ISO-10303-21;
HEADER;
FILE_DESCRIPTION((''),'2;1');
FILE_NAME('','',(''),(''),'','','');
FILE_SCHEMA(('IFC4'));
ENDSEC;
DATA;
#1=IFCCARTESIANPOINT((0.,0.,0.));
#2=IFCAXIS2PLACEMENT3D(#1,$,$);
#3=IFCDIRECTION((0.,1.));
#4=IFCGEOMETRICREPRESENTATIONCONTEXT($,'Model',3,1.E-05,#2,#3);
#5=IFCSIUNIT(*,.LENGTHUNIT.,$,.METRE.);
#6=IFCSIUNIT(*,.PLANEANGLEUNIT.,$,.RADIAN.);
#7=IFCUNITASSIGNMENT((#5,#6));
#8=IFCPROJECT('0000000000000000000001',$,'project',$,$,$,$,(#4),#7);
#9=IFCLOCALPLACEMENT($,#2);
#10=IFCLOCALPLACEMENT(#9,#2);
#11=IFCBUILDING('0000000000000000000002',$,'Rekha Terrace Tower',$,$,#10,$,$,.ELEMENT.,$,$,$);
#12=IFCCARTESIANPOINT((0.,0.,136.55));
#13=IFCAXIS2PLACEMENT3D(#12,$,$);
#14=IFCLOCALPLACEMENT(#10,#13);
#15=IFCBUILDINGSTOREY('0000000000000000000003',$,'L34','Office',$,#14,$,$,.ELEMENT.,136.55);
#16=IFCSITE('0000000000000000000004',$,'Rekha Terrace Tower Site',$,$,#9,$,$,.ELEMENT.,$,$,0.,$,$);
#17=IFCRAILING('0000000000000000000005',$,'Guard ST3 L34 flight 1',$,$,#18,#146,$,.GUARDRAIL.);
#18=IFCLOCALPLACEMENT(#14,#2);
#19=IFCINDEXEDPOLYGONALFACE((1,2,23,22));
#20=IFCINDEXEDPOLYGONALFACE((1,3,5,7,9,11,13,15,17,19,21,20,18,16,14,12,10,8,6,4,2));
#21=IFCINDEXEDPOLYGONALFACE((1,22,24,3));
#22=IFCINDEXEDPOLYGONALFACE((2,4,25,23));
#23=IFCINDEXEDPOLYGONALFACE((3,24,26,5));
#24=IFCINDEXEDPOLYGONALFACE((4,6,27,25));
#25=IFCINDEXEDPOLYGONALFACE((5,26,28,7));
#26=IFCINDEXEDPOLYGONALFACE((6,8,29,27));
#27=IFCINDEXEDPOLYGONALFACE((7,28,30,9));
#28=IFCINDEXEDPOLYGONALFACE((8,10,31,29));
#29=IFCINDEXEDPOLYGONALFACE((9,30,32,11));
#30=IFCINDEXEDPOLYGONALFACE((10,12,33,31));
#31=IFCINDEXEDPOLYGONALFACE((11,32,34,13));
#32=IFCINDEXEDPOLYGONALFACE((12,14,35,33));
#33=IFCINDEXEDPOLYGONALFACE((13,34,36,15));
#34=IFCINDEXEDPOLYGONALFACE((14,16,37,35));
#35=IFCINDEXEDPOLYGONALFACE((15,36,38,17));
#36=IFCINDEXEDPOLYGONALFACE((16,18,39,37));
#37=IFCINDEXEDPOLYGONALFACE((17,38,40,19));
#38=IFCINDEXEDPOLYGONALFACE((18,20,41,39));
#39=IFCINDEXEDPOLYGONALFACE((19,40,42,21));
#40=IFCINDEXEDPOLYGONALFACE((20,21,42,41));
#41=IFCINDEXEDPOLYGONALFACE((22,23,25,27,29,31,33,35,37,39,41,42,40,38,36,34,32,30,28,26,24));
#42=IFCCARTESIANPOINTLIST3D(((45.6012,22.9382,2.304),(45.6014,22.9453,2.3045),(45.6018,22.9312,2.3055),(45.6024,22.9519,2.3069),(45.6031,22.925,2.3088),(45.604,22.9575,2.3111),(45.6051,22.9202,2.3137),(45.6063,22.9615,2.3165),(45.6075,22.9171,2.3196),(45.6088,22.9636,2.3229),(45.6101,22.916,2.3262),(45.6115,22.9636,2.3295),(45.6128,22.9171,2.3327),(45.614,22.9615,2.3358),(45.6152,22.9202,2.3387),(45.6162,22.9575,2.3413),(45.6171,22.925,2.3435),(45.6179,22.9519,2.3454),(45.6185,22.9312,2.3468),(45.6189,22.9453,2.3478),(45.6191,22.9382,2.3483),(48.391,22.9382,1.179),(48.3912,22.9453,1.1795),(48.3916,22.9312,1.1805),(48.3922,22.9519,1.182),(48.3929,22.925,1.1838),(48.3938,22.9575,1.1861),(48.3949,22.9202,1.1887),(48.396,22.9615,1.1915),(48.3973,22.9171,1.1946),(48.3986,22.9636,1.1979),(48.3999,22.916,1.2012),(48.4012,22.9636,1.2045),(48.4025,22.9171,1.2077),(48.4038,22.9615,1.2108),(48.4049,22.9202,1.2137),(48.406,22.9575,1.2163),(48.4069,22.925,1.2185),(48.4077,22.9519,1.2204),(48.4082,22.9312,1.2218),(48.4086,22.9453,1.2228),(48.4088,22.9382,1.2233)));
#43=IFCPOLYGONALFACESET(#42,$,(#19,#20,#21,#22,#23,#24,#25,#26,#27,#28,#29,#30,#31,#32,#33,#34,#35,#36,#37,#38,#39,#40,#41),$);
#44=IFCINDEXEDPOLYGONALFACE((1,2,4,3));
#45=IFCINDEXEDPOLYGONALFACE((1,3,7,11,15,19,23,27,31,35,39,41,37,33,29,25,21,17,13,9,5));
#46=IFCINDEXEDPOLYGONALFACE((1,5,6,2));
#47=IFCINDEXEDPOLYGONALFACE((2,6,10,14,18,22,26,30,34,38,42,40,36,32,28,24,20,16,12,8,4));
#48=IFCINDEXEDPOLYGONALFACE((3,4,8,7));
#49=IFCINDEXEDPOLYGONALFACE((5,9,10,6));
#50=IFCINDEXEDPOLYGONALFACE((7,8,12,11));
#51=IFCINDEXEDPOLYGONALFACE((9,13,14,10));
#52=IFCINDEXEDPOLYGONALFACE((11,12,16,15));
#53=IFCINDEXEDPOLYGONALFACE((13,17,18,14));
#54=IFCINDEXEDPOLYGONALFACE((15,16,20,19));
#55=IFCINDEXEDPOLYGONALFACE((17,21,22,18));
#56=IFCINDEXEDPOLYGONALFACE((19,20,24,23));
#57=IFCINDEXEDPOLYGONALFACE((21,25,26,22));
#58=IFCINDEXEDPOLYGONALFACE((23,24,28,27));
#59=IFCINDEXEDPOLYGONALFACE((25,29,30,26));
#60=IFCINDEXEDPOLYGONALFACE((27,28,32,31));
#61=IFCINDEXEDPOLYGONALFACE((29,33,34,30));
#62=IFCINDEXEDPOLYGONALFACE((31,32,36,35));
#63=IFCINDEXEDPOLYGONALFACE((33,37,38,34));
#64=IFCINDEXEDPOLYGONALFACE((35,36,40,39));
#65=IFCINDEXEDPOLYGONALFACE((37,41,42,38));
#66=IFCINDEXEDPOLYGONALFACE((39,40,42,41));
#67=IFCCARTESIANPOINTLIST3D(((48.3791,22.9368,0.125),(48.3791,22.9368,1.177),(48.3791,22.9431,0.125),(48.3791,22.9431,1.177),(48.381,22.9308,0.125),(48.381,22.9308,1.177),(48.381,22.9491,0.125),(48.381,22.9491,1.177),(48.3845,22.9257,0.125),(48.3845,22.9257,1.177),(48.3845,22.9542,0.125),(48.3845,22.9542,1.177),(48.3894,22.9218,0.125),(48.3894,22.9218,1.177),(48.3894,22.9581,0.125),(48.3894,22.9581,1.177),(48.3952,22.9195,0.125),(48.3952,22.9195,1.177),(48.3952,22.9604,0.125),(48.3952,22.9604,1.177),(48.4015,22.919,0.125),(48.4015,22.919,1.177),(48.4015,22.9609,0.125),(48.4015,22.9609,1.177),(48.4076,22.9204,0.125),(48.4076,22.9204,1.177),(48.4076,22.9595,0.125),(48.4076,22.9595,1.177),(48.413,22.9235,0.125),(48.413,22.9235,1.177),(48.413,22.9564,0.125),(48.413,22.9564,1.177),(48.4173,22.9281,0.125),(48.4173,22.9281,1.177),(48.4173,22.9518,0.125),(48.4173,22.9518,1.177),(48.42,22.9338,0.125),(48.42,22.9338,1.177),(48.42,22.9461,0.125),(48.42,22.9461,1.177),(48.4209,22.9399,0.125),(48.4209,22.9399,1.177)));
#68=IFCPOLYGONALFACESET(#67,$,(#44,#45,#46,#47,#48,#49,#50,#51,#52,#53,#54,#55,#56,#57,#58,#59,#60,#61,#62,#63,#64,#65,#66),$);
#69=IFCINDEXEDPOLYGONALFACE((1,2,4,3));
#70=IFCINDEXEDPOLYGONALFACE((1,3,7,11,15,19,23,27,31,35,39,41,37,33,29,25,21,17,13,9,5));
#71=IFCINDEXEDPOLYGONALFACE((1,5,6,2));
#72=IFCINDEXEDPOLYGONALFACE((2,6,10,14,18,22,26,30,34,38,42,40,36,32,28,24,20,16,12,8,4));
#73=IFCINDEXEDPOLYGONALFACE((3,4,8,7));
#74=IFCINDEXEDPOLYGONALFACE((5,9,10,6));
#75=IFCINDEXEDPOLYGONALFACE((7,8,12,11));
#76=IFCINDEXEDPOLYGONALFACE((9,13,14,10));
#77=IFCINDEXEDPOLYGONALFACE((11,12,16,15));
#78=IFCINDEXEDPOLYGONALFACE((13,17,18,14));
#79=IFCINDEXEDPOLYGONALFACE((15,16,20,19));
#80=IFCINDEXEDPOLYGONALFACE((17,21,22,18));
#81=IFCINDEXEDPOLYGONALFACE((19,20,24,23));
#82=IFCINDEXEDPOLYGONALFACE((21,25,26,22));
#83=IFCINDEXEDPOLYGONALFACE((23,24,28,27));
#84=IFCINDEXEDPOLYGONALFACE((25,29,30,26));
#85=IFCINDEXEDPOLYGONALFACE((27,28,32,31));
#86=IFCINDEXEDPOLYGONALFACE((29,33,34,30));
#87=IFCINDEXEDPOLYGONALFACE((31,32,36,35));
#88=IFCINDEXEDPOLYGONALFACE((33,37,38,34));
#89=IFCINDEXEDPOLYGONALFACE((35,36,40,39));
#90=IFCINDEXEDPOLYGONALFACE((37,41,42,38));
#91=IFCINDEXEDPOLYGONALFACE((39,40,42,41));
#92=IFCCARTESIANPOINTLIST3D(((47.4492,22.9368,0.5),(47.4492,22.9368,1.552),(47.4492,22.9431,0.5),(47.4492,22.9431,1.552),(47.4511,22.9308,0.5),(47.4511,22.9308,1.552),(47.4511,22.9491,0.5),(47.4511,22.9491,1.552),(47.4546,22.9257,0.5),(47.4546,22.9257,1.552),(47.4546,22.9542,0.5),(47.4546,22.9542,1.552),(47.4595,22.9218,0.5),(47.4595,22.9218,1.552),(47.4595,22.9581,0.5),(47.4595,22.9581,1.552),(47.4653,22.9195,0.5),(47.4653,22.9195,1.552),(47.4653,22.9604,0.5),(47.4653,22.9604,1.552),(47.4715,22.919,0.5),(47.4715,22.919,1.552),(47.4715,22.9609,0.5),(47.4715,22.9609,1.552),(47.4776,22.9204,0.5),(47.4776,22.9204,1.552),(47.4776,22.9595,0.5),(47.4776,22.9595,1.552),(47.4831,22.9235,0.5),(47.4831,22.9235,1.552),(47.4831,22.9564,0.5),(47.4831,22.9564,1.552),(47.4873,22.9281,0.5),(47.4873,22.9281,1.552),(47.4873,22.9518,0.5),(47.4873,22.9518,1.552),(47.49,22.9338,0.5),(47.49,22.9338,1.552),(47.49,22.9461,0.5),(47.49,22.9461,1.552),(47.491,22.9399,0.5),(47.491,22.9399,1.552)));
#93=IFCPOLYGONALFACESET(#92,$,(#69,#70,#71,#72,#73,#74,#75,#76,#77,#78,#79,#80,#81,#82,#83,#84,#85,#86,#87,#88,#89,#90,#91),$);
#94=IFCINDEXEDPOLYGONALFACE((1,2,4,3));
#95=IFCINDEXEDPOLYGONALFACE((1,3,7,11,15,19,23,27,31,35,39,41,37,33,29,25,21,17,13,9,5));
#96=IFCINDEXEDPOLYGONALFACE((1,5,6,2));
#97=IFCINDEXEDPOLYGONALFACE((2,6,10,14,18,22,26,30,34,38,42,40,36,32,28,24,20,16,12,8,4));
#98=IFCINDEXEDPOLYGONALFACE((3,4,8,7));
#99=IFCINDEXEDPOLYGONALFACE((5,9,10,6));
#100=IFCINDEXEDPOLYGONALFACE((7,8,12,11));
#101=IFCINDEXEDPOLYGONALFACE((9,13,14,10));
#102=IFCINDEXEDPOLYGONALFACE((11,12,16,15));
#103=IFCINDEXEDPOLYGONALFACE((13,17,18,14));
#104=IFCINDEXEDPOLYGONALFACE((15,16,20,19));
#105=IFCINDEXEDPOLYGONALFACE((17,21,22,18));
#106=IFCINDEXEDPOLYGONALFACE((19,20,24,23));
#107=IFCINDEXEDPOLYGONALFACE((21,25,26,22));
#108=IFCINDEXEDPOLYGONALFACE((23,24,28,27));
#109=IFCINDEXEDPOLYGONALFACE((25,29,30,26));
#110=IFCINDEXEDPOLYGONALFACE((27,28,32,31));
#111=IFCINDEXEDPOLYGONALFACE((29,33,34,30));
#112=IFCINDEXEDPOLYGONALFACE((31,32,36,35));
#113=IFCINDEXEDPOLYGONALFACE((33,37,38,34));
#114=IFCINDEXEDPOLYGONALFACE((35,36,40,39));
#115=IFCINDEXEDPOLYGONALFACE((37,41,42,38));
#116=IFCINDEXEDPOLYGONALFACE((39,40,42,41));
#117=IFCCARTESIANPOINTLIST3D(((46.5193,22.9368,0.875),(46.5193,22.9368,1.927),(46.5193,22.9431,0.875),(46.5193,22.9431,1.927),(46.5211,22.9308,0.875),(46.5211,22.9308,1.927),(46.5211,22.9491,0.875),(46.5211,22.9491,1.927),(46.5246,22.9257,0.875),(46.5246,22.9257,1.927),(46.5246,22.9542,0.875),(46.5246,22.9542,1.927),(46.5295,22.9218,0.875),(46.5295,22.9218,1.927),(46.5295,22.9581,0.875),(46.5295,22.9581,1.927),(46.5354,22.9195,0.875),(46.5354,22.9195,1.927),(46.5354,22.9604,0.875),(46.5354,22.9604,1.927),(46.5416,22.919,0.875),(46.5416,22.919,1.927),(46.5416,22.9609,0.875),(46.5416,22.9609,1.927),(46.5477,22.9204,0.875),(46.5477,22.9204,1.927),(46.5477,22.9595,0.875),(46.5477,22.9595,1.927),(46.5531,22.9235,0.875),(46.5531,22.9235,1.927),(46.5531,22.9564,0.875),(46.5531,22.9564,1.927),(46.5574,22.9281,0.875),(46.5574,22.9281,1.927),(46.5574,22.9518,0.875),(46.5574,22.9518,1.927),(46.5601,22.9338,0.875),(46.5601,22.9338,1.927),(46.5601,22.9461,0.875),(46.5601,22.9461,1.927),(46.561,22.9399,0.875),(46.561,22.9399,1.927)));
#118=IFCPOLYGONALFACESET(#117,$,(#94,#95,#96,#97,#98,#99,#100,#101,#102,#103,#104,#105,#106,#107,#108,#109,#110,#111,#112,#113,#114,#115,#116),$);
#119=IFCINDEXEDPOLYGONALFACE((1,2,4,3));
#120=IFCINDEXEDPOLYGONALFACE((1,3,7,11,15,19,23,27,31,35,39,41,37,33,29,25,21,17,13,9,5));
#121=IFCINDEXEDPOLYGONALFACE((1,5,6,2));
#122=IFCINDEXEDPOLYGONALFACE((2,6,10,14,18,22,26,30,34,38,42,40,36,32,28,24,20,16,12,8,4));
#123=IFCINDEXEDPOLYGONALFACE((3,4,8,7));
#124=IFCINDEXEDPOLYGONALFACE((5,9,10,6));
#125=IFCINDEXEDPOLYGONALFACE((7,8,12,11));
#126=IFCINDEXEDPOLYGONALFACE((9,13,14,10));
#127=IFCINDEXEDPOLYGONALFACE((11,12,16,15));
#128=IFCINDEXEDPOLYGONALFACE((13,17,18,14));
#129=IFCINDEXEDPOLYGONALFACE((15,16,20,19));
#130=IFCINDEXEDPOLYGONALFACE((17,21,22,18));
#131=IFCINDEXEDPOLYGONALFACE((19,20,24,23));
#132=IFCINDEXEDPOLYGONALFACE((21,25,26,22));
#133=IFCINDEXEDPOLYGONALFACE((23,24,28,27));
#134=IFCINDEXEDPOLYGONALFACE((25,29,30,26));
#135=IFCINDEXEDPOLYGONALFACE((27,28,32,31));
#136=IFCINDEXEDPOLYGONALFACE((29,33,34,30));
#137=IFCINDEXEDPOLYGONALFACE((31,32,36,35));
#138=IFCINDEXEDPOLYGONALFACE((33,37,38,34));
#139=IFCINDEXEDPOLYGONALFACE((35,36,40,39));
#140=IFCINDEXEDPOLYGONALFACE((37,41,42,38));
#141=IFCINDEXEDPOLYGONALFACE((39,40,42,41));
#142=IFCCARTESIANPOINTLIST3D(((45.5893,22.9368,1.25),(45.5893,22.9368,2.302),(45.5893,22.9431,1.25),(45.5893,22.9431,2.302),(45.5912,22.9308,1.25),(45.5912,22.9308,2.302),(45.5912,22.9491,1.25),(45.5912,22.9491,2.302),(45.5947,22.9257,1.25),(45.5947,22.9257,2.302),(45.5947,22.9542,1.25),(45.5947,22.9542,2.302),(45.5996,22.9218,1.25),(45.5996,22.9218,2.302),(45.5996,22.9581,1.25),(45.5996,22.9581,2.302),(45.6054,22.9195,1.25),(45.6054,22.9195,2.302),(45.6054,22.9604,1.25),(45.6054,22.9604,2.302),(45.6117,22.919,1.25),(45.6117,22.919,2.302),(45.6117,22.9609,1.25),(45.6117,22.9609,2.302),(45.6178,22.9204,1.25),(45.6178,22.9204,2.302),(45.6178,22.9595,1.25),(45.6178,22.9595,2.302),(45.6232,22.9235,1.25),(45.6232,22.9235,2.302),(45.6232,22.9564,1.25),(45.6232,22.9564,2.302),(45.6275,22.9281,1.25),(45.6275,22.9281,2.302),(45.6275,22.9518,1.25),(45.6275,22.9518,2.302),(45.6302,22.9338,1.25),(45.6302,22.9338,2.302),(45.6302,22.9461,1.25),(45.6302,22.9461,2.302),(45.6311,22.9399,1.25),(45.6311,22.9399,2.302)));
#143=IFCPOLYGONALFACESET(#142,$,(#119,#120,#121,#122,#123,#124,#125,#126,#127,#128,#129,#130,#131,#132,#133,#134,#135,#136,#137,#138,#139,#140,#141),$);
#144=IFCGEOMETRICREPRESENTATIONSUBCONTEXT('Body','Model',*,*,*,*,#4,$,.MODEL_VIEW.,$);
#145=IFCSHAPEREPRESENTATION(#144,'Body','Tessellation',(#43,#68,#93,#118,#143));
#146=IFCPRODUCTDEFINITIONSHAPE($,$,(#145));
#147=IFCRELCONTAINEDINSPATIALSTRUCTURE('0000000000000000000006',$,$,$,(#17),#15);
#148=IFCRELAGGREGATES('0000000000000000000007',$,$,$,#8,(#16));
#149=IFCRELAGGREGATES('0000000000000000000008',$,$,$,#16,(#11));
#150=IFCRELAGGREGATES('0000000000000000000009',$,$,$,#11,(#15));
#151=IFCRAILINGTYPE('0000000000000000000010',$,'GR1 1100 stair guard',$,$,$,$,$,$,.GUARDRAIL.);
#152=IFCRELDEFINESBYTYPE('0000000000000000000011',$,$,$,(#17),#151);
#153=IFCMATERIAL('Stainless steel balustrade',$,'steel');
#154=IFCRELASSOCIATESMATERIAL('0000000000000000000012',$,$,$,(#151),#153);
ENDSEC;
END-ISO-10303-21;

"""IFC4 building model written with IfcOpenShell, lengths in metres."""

from ifc_helpers import new_model, si_unit, direction, frame, origin, origin_2d, place, context, subcontext, project, spatial, circle, extrude, material, type_object, element, save


model = new_model("IFC4")

# Units and contexts
model_context = context("Model", 3, precision=1e-05, world=origin(), true_north=direction((0.0, 1.0)))
body_context = subcontext(model_context, "Body", "Model", "MODEL_VIEW")
ifc_project = project(units=[si_unit("LENGTHUNIT", "METRE"), si_unit("PLANEANGLEUNIT", "RADIAN")], contexts=[model_context])

# Site, building, storey
site_placement = place(None, origin())
site = spatial("IfcSite", under=ifc_project, at=site_placement, Name="Rekha Terrace Tower Site", CompositionType="ELEMENT", RefElevation=0.0)
building_placement = place(site_placement, origin())
building = spatial("IfcBuilding", under=site, at=building_placement, Name="Rekha Terrace Tower", CompositionType="ELEMENT")
storey_placement = place(building_placement, frame((0.0, 0.0, 136.55)))
storey = spatial("IfcBuildingStorey", under=building, at=storey_placement, Name="L34", Description="Office", CompositionType="ELEMENT", Elevation=136.55)

# Railing
ifc_material_1 = material(Name="Stainless steel balustrade", Category="steel")
railing_type_1 = type_object("IfcRailingType", Name="GR1 1100 stair guard", PredefinedType="GUARDRAIL", material=ifc_material_1)
railing_1_placement = place(storey_placement, frame((48.3999, 22.9399, 0.125)))
element("IfcRailing", 1, at=railing_1_placement, inside=storey, type_object=railing_type_1, Name="Guard ST3 L34 flight 1", PredefinedType="GUARDRAIL", context=body_context, shape_type="SweptSolid", body=[
    extrude(circle(Radius=0.0239, at=origin_2d()), frame((0.0, 0.0, 1.0762), z_axis=(-0.927432, 0.0, 0.373992), x_axis=(0.0, -1.0, 0.0)), (0.0, 0.0, 1.0), 3.0081),
    extrude(circle(Radius=0.021, at=origin_2d()), origin(), (0.0, 0.0, 1.0), 1.052),
    extrude(circle(Radius=0.021, at=origin_2d()), frame((-0.9299, 0.0, 0.375)), (0.0, 0.0, 1.0), 1.052),
    extrude(circle(Radius=0.021, at=origin_2d()), frame((-1.8599, 0.0, 0.75)), (0.0, 0.0, 1.0), 1.052),
    extrude(circle(Radius=0.021, at=origin_2d()), frame((-2.7898, 0.0, 1.125)), (0.0, 0.0, 1.0), 1.052),
])

save(model, "model.ifc")
